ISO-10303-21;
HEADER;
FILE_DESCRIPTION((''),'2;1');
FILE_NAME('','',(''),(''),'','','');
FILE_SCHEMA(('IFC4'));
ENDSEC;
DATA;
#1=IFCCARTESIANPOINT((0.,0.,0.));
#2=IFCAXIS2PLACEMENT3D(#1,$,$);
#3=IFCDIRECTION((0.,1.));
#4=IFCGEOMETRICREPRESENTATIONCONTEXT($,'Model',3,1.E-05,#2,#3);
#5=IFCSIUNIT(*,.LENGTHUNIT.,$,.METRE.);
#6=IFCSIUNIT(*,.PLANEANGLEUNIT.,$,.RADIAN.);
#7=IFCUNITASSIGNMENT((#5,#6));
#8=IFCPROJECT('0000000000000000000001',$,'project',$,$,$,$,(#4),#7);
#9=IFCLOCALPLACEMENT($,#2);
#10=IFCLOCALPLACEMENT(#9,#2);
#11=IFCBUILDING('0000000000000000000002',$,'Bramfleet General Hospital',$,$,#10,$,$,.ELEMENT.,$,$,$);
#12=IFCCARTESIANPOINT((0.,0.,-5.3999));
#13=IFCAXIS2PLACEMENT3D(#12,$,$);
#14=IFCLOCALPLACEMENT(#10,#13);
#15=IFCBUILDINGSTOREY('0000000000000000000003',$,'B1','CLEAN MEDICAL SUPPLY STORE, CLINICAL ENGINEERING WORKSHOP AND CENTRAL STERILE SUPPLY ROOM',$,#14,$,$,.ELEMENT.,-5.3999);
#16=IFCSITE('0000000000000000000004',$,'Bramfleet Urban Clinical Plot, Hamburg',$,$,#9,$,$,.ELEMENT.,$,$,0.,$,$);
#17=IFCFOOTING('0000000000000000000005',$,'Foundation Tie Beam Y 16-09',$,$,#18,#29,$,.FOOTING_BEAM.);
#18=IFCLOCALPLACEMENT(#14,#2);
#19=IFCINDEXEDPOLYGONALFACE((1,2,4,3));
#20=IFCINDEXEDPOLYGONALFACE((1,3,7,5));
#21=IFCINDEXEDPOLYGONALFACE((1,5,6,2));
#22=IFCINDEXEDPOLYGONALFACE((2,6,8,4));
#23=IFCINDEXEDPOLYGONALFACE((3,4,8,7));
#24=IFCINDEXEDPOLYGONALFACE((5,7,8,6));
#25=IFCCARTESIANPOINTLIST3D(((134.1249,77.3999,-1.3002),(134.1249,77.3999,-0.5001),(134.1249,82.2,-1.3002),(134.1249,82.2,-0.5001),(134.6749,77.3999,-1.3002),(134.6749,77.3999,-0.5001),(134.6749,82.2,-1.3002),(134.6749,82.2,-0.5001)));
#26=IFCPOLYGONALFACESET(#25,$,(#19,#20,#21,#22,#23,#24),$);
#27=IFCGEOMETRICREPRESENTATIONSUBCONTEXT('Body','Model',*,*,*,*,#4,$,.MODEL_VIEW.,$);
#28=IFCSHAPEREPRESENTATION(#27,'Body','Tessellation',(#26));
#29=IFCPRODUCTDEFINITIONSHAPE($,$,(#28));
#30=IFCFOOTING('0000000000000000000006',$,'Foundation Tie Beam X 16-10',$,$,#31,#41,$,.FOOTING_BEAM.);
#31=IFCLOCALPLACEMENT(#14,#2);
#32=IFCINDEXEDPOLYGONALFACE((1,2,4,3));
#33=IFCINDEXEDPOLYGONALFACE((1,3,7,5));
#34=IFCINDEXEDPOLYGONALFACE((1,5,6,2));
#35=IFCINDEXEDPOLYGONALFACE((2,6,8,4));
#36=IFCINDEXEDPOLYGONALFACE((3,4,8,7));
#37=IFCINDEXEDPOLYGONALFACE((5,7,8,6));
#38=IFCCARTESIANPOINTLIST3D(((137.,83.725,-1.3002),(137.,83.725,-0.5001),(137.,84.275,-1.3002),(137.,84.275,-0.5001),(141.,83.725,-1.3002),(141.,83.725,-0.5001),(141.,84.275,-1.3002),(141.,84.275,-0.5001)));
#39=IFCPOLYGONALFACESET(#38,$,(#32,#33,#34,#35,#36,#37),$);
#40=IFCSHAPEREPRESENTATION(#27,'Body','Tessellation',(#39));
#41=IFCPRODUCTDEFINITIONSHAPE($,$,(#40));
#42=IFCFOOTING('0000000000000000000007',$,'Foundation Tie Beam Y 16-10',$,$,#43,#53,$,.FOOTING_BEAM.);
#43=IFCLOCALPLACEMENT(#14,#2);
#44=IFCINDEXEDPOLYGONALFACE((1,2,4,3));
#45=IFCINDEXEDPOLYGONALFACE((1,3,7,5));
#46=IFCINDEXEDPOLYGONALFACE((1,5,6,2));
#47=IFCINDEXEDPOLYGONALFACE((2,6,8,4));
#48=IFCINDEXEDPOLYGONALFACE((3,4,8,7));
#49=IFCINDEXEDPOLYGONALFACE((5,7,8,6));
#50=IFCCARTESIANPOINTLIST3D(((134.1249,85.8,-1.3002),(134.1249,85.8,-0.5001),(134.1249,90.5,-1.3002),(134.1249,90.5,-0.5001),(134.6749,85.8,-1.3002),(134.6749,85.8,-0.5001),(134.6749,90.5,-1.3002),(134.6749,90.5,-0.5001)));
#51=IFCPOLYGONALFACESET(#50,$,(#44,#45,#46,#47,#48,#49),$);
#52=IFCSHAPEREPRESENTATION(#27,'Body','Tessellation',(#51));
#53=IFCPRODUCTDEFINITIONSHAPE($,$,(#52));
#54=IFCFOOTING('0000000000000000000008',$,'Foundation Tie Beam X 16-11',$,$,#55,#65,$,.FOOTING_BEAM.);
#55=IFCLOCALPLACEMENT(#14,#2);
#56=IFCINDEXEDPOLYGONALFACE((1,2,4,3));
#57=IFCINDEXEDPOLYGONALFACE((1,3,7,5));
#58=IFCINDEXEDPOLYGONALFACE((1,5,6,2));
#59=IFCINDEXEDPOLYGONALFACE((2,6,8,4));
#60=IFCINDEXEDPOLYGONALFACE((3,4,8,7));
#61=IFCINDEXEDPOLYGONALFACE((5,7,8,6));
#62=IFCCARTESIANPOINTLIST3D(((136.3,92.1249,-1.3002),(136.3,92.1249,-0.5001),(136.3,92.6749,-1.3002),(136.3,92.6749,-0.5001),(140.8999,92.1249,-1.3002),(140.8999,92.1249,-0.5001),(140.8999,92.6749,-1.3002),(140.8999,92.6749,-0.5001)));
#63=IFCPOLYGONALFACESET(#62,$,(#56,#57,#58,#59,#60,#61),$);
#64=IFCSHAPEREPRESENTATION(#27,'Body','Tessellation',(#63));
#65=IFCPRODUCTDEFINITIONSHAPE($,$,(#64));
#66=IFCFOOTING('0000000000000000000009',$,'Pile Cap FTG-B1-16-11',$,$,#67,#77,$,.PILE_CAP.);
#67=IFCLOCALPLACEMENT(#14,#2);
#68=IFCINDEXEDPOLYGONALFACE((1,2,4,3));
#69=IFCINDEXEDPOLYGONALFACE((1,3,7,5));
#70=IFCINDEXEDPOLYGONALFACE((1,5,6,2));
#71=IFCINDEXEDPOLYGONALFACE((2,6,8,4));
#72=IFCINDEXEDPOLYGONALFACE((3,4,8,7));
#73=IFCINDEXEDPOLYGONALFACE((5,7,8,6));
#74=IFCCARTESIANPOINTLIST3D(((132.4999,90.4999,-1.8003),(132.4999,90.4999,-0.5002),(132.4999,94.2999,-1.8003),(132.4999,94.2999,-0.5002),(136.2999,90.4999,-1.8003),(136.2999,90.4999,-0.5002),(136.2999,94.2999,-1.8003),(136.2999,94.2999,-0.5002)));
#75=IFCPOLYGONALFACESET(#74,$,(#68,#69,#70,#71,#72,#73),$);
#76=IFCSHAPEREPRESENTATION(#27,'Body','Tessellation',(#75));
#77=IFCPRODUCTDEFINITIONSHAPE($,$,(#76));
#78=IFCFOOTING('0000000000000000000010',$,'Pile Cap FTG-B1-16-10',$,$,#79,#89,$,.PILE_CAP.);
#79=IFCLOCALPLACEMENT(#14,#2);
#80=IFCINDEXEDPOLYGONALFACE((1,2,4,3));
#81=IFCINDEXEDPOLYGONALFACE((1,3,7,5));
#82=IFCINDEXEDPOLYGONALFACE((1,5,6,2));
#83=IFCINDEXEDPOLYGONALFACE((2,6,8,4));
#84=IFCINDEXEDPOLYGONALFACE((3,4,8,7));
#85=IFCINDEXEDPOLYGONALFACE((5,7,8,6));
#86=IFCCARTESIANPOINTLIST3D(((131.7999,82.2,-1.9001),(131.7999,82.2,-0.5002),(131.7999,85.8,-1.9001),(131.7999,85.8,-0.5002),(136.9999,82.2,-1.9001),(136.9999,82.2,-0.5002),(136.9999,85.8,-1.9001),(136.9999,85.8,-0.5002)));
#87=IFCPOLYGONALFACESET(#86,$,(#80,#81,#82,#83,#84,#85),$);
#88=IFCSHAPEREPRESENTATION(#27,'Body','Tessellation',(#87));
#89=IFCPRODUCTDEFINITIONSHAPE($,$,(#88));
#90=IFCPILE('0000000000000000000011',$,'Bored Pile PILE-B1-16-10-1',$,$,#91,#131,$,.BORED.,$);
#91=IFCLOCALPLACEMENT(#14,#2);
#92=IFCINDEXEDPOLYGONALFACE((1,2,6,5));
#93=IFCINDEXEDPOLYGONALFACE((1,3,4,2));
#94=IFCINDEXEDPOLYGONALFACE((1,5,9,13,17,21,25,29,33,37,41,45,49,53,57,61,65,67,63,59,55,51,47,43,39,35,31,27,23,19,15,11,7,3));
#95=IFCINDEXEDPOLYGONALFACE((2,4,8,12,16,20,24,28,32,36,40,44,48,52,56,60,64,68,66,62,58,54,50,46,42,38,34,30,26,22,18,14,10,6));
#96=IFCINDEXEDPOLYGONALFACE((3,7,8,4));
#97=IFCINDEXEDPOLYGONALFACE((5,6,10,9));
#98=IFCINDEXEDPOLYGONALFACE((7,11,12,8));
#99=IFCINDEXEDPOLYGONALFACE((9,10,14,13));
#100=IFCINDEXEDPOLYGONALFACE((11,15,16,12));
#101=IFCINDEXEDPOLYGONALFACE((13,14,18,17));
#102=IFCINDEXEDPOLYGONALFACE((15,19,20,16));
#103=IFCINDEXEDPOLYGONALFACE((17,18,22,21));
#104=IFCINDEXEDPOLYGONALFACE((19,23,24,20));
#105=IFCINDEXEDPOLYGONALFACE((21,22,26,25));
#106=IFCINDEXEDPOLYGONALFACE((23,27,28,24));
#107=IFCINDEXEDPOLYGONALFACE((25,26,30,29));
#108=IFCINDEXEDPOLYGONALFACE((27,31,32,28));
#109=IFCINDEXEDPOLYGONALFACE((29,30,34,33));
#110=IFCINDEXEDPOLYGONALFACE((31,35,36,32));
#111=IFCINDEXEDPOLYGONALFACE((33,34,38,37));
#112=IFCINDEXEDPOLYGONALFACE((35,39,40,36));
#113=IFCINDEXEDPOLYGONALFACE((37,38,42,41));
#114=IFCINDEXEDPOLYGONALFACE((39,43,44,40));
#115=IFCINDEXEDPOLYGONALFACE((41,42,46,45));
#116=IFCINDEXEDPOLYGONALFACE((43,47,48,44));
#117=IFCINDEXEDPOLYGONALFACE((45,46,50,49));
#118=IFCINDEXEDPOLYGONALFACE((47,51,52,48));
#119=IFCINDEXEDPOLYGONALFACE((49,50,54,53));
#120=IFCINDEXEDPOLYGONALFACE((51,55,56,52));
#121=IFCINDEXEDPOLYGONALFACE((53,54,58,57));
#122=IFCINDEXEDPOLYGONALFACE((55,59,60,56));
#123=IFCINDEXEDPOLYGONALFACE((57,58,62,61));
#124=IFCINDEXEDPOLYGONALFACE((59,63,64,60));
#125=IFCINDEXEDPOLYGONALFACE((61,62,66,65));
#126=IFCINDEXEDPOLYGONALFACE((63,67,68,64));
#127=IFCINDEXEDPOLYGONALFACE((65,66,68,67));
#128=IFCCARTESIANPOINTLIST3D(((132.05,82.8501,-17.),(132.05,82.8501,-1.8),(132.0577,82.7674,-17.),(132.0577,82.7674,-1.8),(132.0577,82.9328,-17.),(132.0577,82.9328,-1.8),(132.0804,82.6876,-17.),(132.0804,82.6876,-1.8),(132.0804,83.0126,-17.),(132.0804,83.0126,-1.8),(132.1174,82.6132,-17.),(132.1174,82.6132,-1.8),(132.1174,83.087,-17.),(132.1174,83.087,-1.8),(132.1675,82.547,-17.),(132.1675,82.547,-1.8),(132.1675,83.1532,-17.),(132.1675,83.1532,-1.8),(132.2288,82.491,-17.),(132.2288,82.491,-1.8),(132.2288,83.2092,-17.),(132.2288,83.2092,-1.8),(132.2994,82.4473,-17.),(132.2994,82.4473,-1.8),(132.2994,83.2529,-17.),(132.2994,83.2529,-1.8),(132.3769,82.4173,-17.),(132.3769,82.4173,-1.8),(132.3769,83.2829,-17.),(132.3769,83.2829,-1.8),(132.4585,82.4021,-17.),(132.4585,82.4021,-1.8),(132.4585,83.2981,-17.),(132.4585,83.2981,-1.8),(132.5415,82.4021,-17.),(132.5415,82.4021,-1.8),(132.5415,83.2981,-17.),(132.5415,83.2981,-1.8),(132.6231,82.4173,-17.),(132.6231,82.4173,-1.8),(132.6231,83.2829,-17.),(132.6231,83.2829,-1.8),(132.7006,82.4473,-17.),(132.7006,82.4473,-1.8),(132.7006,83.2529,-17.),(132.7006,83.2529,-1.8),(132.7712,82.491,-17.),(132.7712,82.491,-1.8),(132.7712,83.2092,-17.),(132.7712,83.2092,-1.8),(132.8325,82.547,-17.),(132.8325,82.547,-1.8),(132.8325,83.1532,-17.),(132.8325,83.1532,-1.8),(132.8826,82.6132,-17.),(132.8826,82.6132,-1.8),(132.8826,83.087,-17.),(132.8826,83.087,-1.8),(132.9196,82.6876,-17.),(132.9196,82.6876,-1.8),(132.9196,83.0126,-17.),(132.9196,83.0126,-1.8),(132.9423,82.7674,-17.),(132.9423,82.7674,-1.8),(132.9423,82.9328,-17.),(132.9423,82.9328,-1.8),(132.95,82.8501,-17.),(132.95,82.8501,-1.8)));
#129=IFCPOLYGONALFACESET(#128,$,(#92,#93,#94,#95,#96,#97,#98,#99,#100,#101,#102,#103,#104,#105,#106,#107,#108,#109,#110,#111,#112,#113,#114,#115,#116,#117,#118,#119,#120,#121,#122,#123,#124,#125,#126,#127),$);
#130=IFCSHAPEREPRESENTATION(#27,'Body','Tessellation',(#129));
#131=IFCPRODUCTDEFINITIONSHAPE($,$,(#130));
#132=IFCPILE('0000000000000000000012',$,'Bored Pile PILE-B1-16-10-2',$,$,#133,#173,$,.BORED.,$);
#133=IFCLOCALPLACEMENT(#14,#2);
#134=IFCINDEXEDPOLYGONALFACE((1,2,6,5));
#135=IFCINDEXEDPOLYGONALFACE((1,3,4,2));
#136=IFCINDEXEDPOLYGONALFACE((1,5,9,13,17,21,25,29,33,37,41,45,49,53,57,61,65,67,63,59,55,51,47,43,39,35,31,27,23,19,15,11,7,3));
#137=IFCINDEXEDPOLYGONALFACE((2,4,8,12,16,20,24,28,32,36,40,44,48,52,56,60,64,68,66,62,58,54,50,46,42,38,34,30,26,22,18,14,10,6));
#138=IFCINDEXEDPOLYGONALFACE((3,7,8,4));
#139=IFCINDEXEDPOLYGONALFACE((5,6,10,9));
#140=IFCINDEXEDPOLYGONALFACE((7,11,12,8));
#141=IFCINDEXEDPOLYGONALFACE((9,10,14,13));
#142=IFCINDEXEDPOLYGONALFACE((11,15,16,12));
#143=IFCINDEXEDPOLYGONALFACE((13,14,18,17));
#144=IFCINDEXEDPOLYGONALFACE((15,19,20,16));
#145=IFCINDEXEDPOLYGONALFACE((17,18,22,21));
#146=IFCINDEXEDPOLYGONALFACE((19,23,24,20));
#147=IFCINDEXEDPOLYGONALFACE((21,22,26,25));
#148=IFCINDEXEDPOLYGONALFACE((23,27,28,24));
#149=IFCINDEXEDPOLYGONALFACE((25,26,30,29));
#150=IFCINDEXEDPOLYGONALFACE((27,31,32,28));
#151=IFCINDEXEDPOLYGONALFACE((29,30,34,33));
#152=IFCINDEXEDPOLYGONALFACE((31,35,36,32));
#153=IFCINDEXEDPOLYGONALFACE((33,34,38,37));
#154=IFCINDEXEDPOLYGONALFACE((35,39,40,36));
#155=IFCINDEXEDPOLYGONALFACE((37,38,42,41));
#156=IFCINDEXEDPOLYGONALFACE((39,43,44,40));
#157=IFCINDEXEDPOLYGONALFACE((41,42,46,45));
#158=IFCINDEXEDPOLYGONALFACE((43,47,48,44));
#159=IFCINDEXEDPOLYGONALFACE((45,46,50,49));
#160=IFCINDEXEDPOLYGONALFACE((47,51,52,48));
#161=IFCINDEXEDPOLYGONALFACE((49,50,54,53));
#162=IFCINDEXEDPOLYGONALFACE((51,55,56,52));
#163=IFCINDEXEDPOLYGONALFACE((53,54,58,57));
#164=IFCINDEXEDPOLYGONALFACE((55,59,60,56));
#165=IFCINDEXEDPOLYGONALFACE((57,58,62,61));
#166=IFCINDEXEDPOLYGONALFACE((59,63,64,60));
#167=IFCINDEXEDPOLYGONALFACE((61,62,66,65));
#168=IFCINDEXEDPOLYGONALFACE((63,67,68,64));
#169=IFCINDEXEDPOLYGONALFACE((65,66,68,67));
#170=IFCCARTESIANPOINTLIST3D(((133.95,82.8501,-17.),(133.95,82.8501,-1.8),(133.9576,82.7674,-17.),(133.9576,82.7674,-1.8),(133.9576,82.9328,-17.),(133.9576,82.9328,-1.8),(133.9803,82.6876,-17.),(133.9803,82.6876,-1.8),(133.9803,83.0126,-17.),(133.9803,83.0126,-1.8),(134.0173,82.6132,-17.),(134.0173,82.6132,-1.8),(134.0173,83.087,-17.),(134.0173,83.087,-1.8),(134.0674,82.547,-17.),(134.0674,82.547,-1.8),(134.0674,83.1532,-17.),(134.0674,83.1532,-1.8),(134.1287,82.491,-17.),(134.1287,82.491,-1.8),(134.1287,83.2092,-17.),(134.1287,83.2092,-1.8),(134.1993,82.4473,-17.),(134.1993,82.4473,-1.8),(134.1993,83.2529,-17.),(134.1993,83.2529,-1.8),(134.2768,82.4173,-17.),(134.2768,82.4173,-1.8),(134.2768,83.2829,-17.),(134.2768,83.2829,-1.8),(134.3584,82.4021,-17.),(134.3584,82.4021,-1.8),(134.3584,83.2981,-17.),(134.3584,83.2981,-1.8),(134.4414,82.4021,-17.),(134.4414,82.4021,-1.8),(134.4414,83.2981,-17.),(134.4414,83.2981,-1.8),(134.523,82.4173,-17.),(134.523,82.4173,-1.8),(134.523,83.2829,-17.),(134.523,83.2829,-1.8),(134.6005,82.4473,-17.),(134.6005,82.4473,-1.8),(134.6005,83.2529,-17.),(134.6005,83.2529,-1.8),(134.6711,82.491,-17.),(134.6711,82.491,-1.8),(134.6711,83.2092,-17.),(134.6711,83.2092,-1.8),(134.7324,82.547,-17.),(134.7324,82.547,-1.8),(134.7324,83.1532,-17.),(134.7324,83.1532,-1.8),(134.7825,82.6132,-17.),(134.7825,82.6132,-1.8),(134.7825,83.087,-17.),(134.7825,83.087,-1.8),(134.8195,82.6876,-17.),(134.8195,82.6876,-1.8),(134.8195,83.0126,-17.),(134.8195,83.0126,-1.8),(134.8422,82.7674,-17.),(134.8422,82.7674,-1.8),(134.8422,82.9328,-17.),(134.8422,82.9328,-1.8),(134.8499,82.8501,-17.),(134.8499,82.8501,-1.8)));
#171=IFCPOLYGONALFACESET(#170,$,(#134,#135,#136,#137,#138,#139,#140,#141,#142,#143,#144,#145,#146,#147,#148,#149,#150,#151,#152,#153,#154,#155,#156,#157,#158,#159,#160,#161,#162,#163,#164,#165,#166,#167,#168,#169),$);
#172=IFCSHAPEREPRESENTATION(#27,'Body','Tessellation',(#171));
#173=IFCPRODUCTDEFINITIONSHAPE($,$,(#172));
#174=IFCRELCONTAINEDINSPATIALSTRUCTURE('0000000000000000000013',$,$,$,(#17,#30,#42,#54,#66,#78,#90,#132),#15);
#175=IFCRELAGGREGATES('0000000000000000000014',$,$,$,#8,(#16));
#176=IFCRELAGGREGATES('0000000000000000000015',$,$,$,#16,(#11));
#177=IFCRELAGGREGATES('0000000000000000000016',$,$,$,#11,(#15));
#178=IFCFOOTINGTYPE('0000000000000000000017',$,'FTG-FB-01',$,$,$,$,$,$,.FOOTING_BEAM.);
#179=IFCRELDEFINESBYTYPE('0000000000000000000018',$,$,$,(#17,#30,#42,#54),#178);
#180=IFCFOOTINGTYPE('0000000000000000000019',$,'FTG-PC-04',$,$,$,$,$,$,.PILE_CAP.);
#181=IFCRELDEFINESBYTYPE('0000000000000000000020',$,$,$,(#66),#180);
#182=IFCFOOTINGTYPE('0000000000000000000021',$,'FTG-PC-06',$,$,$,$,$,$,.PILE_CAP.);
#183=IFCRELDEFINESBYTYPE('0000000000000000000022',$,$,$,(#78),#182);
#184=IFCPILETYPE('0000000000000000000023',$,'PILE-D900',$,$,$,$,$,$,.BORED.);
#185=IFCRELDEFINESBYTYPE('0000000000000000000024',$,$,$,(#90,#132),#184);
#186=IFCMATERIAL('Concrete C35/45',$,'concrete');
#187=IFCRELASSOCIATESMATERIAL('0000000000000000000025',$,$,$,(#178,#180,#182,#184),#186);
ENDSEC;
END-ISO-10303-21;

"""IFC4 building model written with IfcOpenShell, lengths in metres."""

from ifc_helpers import new_model, si_unit, direction, frame, origin, origin_2d, place, context, subcontext, project, spatial, rectangle, circle, extrude, material, material_profile, profile_set, type_object, element, save


model = new_model("IFC4")

# Units and contexts
model_context = context("Model", 3, precision=1e-05, world=origin(), true_north=direction((0.0, 1.0)))
body_context = subcontext(model_context, "Body", "Model", "MODEL_VIEW")
ifc_project = project(units=[si_unit("LENGTHUNIT", "METRE"), si_unit("PLANEANGLEUNIT", "RADIAN")], contexts=[model_context])

# Site, building, storey
site_placement = place(None, origin())
site = spatial("IfcSite", under=ifc_project, at=site_placement, Name="Bramfleet Urban Clinical Plot, Hamburg", CompositionType="ELEMENT", RefElevation=0.0)
building_placement = place(site_placement, origin())
building = spatial("IfcBuilding", under=site, at=building_placement, Name="Bramfleet General Hospital", CompositionType="ELEMENT")
storey_placement = place(building_placement, frame((0.0, 0.0, -5.3999)))
storey = spatial("IfcBuildingStorey", under=building, at=storey_placement, Name="B1", Description="CLEAN MEDICAL SUPPLY STORE, CLINICAL ENGINEERING WORKSHOP AND CENTRAL STERILE SUPPLY ROOM", CompositionType="ELEMENT", Elevation=-5.3999)

# Footings
ifc_material_1 = material(Name="Concrete C35/45", Category="concrete")
ifc_material_profile_1 = material_profile(ifc_material_1, rectangle(XDim=0.55, YDim=0.8, at=origin_2d()), Name="RC FB 800x550")
ifc_profile_set_1 = profile_set([ifc_material_profile_1], Name="Concrete C35/45")
footing_type_1 = type_object("IfcFootingType", Name="FTG-FB-01", PredefinedType="FOOTING_BEAM", material=ifc_profile_set_1)
footing_1_placement = place(storey_placement, frame((134.3999, 77.3999, -0.9001), z_axis=(0.0, 1.0, 0.0), x_axis=(-1.0, 0.0, 0.0)))
element("IfcFooting", 1, at=footing_1_placement, inside=storey, type_object=footing_type_1, Name="Foundation Tie Beam Y 16-09", PredefinedType="FOOTING_BEAM", context=body_context, shape_type="SweptSolid", body=[
    extrude(rectangle(XDim=0.55, YDim=0.8, at=origin_2d()), origin(), (0.0, 0.0, 1.0), 4.8),
])
footing_2_placement = place(storey_placement, frame((137.0, 84.0, -0.9001), z_axis=(1.0, 0.0, 0.0), x_axis=(0.0, 1.0, 0.0)))
element("IfcFooting", 2, at=footing_2_placement, inside=storey, type_object=footing_type_1, Name="Foundation Tie Beam X 16-10", PredefinedType="FOOTING_BEAM", context=body_context, shape_type="SweptSolid", body=[
    extrude(rectangle(XDim=0.55, YDim=0.8, at=origin_2d()), origin(), (0.0, 0.0, 1.0), 4.0),
])
footing_3_placement = place(storey_placement, frame((134.3999, 85.8, -0.9001), z_axis=(0.0, 1.0, 0.0), x_axis=(-1.0, 0.0, 0.0)))
element("IfcFooting", 3, at=footing_3_placement, inside=storey, type_object=footing_type_1, Name="Foundation Tie Beam Y 16-10", PredefinedType="FOOTING_BEAM", context=body_context, shape_type="SweptSolid", body=[
    extrude(rectangle(XDim=0.55, YDim=0.8, at=origin_2d()), origin(), (0.0, 0.0, 1.0), 4.7),
])
footing_4_placement = place(storey_placement, frame((136.3, 92.3999, -0.9001), z_axis=(1.0, 0.0, 0.0), x_axis=(0.0, 1.0, 0.0)))
element("IfcFooting", 4, at=footing_4_placement, inside=storey, type_object=footing_type_1, Name="Foundation Tie Beam X 16-11", PredefinedType="FOOTING_BEAM", context=body_context, shape_type="SweptSolid", body=[
    extrude(rectangle(XDim=0.55, YDim=0.8, at=origin_2d()), origin(), (0.0, 0.0, 1.0), 4.5999),
])
footing_type_2 = type_object("IfcFootingType", Name="FTG-PC-04", PredefinedType="PILE_CAP", material=ifc_material_1)
footing_5_placement = place(storey_placement, frame((134.3999, 92.3999, -1.8003), z_axis=(0.0, 0.0, 1.0), x_axis=(1.0, 0.0, 0.0)))
element("IfcFooting", 5, at=footing_5_placement, inside=storey, type_object=footing_type_2, Name="Pile Cap FTG-B1-16-11", PredefinedType="PILE_CAP", context=body_context, shape_type="SweptSolid", body=[
    extrude(rectangle(XDim=3.8, YDim=3.8, at=origin_2d()), origin(), (0.0, 0.0, 1.0), 1.3),
])
footing_type_3 = type_object("IfcFootingType", Name="FTG-PC-06", PredefinedType="PILE_CAP", material=ifc_material_1)
footing_6_placement = place(storey_placement, frame((134.3999, 84.0, -1.9001), z_axis=(0.0, 0.0, 1.0), x_axis=(1.0, 0.0, 0.0)))
element("IfcFooting", 6, at=footing_6_placement, inside=storey, type_object=footing_type_3, Name="Pile Cap FTG-B1-16-10", PredefinedType="PILE_CAP", context=body_context, shape_type="SweptSolid", body=[
    extrude(rectangle(XDim=5.2, YDim=3.6001, at=origin_2d()), origin(), (0.0, 0.0, 1.0), 1.3999),
])

# Piles
ifc_material_profile_2 = material_profile(ifc_material_1, circle(Radius=0.45, at=origin_2d()), Name="PILE BORED D900")
ifc_profile_set_2 = profile_set([ifc_material_profile_2], Name="Concrete C35/45")
pile_type = type_object("IfcPileType", Name="PILE-D900", PredefinedType="BORED", material=ifc_profile_set_2)
for number, where, z_axis, x_axis, name in (
    (7, (132.5, 82.8501, -1.8), (0.0, 0.0, -1.0), (1.0, 0.0, 0.0), "Bored Pile PILE-B1-16-10-1"),
    (8, (134.3999, 82.8501, -1.8), (0.0, 0.0, -1.0), (1.0, 0.0, 0.0), "Bored Pile PILE-B1-16-10-2"),
):
    element("IfcPile", number, at=place(storey_placement, frame(where, z_axis=z_axis, x_axis=x_axis)), inside=storey, type_object=pile_type, Name=name, PredefinedType="BORED", context=body_context, shape_type="SweptSolid", body=[
        extrude(circle(Radius=0.45, at=origin_2d()), origin(), (0.0, 0.0, 1.0), 15.2),
    ])

save(model, "model.ifc")
